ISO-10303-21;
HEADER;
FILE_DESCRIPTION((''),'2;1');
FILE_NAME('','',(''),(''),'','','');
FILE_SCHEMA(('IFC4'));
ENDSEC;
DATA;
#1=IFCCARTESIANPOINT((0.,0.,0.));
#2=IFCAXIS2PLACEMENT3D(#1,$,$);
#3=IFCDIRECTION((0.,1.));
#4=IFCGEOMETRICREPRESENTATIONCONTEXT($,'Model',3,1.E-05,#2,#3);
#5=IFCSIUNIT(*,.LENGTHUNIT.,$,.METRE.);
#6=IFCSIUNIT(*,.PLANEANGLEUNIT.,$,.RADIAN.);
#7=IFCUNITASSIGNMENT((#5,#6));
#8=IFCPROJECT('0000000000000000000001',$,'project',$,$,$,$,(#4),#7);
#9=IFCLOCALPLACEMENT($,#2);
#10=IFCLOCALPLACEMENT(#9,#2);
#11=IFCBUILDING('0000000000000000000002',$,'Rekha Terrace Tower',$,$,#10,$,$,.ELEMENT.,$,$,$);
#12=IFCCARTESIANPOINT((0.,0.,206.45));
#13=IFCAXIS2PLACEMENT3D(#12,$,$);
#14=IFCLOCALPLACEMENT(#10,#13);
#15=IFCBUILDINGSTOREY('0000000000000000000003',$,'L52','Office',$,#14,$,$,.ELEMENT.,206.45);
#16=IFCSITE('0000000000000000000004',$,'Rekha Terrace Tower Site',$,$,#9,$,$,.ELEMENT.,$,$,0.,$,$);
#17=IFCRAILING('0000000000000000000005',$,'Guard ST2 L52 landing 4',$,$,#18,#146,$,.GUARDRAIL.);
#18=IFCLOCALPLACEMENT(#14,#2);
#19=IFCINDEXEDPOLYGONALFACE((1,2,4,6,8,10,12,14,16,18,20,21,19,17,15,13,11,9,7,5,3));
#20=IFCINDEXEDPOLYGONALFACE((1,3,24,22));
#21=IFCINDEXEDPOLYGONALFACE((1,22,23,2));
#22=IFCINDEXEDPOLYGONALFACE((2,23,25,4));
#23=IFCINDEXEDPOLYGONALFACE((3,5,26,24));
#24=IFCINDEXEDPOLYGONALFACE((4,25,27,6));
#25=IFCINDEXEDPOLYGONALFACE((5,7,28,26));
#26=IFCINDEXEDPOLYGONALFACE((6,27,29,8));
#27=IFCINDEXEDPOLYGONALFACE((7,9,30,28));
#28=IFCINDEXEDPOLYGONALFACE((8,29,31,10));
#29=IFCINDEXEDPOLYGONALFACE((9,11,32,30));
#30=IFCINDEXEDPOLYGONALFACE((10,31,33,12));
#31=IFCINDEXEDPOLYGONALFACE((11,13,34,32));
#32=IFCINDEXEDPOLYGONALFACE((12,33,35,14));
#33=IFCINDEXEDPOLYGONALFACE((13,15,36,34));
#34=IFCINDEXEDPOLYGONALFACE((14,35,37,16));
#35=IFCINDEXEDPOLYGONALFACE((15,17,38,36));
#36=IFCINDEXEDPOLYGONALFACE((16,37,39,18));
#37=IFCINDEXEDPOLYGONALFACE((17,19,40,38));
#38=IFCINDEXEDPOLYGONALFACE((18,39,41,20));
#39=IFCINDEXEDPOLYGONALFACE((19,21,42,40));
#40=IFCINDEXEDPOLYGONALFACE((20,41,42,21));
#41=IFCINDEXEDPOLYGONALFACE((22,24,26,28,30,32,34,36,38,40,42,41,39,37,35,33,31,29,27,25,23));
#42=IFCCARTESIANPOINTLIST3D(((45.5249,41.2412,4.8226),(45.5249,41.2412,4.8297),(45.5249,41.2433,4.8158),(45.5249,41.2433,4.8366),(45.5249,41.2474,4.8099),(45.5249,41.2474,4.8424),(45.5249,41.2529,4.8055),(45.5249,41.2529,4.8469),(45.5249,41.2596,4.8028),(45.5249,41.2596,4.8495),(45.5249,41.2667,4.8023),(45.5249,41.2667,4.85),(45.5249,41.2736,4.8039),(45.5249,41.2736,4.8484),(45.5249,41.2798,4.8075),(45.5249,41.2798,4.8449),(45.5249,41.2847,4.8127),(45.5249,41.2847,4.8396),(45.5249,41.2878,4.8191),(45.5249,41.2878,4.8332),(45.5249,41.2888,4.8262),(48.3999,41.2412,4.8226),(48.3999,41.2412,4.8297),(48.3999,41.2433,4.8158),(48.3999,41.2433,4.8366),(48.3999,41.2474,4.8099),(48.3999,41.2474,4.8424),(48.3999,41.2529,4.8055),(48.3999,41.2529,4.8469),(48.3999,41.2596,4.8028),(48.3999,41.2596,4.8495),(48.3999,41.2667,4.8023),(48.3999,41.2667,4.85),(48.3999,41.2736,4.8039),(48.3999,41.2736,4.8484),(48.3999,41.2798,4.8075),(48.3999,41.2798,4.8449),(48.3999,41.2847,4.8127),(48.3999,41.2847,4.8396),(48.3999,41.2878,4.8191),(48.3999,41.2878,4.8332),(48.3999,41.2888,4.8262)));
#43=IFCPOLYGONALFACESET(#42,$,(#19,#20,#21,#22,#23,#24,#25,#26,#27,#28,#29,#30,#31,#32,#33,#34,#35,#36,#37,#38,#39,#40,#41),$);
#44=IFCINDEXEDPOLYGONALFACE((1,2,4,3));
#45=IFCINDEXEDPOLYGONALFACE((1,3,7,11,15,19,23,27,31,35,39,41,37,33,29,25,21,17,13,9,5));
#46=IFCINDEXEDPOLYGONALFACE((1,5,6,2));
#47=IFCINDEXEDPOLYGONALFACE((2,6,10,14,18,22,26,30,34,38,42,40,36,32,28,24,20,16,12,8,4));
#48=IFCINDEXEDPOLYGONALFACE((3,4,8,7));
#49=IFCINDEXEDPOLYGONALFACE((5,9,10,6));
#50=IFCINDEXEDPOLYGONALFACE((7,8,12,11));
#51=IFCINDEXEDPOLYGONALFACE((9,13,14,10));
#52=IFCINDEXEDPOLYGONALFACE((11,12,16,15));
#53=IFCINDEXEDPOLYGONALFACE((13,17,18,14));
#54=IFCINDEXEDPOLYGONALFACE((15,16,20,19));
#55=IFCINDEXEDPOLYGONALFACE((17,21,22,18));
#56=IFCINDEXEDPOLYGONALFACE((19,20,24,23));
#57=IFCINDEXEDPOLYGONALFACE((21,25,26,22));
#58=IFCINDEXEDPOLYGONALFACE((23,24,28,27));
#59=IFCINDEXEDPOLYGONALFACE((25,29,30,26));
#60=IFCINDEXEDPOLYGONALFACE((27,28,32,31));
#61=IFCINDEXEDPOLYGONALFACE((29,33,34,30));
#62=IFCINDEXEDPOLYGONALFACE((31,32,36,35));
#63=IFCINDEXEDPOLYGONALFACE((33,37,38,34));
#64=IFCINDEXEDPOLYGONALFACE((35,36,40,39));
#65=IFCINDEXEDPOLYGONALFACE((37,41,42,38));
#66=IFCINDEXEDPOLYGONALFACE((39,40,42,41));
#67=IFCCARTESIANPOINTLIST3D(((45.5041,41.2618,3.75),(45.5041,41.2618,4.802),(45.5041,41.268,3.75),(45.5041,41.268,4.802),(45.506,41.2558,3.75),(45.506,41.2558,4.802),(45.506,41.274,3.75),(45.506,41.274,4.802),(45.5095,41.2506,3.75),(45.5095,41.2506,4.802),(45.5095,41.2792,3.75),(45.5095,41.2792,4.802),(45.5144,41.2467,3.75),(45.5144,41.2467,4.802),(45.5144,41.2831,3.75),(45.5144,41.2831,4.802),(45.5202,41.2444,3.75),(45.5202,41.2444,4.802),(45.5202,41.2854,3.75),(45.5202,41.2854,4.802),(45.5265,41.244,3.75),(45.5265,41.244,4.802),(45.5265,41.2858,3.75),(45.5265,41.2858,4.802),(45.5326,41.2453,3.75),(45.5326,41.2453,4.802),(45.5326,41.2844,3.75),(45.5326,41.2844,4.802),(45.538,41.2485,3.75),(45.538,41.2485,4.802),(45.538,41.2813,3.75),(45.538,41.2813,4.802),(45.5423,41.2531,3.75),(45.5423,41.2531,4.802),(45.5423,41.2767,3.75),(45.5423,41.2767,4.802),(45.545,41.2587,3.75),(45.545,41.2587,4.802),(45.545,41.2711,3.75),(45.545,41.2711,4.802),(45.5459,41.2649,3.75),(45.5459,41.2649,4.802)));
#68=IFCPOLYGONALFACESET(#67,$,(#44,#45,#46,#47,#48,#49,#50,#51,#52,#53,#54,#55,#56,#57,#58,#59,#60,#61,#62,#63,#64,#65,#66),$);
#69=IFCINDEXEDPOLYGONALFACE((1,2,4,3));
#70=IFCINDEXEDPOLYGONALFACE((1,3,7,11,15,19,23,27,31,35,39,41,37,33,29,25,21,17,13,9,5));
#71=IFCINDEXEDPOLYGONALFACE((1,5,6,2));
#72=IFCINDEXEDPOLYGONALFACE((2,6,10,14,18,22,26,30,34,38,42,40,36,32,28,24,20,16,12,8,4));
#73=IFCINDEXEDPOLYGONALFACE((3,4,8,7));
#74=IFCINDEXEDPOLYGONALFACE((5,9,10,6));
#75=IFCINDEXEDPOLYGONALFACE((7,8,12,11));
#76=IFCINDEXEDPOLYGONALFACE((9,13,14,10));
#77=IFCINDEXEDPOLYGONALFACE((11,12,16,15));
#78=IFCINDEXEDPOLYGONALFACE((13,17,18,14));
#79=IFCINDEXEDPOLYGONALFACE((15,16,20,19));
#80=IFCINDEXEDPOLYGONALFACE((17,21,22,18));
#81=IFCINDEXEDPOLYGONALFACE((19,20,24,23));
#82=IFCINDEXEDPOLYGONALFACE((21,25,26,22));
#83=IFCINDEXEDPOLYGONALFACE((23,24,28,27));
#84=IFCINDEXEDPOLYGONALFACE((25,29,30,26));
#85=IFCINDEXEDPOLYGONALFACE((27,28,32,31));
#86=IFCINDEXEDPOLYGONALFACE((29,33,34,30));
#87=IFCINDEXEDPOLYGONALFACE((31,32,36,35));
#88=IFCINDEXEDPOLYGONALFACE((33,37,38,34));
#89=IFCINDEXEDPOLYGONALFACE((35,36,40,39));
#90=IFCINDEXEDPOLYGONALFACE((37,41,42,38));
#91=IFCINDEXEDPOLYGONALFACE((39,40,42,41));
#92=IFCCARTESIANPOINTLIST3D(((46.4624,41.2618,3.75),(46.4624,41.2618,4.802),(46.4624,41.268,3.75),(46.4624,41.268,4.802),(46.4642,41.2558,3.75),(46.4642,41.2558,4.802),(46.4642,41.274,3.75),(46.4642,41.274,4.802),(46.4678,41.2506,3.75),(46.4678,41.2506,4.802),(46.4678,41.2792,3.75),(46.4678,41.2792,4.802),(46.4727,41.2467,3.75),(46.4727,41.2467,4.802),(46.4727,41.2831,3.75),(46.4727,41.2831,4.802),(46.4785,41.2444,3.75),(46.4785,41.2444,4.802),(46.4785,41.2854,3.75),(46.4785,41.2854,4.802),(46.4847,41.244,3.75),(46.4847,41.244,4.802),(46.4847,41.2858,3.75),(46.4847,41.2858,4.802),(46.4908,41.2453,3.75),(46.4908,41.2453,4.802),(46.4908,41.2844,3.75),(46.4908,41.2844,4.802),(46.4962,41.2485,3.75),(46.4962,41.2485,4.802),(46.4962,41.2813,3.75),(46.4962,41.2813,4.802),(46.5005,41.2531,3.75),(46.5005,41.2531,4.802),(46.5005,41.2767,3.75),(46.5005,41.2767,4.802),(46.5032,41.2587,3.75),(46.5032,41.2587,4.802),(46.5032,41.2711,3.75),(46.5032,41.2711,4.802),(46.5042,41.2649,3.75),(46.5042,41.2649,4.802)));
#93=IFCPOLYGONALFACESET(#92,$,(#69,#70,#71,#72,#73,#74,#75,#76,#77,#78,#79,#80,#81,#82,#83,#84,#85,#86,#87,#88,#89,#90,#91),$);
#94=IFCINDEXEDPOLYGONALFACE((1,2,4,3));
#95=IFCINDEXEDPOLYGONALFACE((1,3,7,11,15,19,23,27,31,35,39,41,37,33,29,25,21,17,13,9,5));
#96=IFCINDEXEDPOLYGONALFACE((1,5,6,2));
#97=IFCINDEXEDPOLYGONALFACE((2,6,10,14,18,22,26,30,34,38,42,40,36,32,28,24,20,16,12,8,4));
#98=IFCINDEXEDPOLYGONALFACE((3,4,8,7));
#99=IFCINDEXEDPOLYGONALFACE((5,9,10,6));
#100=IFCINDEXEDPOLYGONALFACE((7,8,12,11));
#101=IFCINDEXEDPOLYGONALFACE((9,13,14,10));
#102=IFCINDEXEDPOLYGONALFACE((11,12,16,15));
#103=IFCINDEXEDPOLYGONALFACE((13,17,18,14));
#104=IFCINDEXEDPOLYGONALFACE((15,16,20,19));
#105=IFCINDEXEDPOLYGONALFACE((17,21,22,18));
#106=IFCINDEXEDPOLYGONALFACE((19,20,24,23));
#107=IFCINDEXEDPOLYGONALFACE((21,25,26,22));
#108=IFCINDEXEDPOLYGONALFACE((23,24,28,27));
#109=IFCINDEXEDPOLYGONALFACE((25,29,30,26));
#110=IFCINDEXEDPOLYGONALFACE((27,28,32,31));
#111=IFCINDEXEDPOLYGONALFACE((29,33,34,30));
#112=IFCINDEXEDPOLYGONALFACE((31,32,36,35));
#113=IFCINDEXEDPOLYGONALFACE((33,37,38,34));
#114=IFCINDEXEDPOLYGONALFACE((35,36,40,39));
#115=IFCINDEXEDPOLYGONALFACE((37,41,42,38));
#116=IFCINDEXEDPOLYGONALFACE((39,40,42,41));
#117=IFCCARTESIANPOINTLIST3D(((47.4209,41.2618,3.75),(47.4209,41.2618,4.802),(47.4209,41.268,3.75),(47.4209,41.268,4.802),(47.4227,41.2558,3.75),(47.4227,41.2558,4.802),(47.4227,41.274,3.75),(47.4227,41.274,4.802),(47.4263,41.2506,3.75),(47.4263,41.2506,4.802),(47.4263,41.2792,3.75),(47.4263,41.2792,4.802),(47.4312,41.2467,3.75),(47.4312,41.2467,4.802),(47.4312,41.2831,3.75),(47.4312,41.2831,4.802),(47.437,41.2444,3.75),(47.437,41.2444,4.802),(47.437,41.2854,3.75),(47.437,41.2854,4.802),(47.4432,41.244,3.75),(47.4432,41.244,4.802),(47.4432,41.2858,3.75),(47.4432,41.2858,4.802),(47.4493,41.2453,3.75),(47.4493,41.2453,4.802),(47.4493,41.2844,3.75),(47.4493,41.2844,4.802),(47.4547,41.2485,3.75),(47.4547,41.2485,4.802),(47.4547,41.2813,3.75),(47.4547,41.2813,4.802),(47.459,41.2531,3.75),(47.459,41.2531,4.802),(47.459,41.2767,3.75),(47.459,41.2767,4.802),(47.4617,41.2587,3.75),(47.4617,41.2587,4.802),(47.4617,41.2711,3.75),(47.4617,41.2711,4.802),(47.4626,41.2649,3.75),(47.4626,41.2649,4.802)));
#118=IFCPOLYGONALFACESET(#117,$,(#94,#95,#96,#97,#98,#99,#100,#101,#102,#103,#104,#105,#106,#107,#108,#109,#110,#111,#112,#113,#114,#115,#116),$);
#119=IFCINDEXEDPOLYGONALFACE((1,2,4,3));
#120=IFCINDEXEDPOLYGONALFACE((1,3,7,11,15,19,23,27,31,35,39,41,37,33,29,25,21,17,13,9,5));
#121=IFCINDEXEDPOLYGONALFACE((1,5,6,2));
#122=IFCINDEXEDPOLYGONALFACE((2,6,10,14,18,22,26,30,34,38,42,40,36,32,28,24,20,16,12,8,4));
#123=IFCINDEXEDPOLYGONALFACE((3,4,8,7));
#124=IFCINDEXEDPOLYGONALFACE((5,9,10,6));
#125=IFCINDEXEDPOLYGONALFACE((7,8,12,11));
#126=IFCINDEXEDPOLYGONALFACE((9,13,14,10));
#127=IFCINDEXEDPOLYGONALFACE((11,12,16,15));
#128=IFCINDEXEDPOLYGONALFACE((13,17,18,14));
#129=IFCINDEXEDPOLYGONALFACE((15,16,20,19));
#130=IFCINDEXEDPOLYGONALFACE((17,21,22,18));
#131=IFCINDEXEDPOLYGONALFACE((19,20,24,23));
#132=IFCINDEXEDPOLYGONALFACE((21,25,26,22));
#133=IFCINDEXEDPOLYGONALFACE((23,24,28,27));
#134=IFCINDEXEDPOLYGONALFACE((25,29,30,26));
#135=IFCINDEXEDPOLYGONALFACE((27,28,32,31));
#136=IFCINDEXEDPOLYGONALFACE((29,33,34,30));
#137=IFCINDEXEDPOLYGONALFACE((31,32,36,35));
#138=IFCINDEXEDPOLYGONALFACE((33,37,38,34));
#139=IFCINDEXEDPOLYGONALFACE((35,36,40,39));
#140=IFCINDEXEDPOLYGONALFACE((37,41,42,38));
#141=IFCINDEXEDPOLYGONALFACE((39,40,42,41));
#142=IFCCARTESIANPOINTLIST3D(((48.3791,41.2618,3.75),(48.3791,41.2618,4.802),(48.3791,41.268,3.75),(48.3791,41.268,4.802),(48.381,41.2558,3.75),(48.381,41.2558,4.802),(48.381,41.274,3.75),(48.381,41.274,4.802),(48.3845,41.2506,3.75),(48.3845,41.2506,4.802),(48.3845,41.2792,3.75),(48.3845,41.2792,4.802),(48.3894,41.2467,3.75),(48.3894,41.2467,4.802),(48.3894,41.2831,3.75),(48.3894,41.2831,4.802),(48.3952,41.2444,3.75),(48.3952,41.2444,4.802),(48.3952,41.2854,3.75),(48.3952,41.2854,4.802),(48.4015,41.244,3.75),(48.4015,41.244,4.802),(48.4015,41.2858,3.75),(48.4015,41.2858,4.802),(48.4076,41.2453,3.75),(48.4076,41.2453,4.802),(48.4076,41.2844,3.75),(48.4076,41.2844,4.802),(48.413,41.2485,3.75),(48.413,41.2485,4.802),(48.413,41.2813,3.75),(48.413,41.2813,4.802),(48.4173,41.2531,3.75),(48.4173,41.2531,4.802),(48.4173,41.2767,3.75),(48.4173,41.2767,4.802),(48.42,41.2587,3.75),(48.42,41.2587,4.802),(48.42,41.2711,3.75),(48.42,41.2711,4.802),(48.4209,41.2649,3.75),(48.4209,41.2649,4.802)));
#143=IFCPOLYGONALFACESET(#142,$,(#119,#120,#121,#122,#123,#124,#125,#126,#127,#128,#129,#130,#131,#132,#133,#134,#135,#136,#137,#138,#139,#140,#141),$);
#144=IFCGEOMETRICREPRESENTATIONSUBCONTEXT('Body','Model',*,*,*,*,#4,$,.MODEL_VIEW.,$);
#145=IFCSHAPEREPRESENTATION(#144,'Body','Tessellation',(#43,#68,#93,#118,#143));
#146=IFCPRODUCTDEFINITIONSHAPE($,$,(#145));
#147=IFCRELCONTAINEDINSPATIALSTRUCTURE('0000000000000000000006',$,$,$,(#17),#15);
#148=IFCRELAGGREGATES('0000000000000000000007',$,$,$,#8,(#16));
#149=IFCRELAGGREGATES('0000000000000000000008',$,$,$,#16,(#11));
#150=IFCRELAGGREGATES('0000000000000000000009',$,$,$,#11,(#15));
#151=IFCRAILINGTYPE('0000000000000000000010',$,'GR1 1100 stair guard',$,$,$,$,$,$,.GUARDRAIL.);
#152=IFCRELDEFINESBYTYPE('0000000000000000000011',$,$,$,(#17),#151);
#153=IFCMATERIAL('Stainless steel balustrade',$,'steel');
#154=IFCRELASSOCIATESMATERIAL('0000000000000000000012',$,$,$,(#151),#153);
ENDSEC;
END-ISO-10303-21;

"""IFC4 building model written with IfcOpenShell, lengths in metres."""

from ifc_helpers import new_model, si_unit, direction, frame, origin, origin_2d, place, context, subcontext, project, spatial, circle, extrude, material, type_object, element, save


model = new_model("IFC4")

# Units and contexts
model_context = context("Model", 3, precision=1e-05, world=origin(), true_north=direction((0.0, 1.0)))
body_context = subcontext(model_context, "Body", "Model", "MODEL_VIEW")
ifc_project = project(units=[si_unit("LENGTHUNIT", "METRE"), si_unit("PLANEANGLEUNIT", "RADIAN")], contexts=[model_context])

# Site, building, storey
site_placement = place(None, origin())
site = spatial("IfcSite", under=ifc_project, at=site_placement, Name="Rekha Terrace Tower Site", CompositionType="ELEMENT", RefElevation=0.0)
building_placement = place(site_placement, origin())
building = spatial("IfcBuilding", under=site, at=building_placement, Name="Rekha Terrace Tower", CompositionType="ELEMENT")
storey_placement = place(building_placement, frame((0.0, 0.0, 206.45)))
storey = spatial("IfcBuildingStorey", under=building, at=storey_placement, Name="L52", Description="Office", CompositionType="ELEMENT", Elevation=206.45)

# Railing
ifc_material_1 = material(Name="Stainless steel balustrade", Category="steel")
railing_type_1 = type_object("IfcRailingType", Name="GR1 1100 stair guard", PredefinedType="GUARDRAIL", material=ifc_material_1)
railing_1_placement = place(storey_placement, frame((45.5249, 41.2649, 3.75)))
element("IfcRailing", 1, at=railing_1_placement, inside=storey, type_object=railing_type_1, Name="Guard ST2 L52 landing 4", PredefinedType="GUARDRAIL", context=body_context, shape_type="SweptSolid", body=[
    extrude(circle(Radius=0.0239, at=origin_2d()), frame((0.0, 0.0, 1.0762), z_axis=(1.0, 0.0, 0.0), x_axis=(0.0, 1.0, 0.0)), (0.0, 0.0, 1.0), 2.875),
    extrude(circle(Radius=0.021, at=origin_2d()), origin(), (0.0, 0.0, 1.0), 1.052),
    extrude(circle(Radius=0.021, at=origin_2d()), frame((0.9583, 0.0, 0.0)), (0.0, 0.0, 1.0), 1.052),
    extrude(circle(Radius=0.021, at=origin_2d()), frame((1.9167, 0.0, 0.0)), (0.0, 0.0, 1.0), 1.052),
    extrude(circle(Radius=0.021, at=origin_2d()), frame((2.875, 0.0, 0.0)), (0.0, 0.0, 1.0), 1.052),
])

save(model, "model.ifc")
